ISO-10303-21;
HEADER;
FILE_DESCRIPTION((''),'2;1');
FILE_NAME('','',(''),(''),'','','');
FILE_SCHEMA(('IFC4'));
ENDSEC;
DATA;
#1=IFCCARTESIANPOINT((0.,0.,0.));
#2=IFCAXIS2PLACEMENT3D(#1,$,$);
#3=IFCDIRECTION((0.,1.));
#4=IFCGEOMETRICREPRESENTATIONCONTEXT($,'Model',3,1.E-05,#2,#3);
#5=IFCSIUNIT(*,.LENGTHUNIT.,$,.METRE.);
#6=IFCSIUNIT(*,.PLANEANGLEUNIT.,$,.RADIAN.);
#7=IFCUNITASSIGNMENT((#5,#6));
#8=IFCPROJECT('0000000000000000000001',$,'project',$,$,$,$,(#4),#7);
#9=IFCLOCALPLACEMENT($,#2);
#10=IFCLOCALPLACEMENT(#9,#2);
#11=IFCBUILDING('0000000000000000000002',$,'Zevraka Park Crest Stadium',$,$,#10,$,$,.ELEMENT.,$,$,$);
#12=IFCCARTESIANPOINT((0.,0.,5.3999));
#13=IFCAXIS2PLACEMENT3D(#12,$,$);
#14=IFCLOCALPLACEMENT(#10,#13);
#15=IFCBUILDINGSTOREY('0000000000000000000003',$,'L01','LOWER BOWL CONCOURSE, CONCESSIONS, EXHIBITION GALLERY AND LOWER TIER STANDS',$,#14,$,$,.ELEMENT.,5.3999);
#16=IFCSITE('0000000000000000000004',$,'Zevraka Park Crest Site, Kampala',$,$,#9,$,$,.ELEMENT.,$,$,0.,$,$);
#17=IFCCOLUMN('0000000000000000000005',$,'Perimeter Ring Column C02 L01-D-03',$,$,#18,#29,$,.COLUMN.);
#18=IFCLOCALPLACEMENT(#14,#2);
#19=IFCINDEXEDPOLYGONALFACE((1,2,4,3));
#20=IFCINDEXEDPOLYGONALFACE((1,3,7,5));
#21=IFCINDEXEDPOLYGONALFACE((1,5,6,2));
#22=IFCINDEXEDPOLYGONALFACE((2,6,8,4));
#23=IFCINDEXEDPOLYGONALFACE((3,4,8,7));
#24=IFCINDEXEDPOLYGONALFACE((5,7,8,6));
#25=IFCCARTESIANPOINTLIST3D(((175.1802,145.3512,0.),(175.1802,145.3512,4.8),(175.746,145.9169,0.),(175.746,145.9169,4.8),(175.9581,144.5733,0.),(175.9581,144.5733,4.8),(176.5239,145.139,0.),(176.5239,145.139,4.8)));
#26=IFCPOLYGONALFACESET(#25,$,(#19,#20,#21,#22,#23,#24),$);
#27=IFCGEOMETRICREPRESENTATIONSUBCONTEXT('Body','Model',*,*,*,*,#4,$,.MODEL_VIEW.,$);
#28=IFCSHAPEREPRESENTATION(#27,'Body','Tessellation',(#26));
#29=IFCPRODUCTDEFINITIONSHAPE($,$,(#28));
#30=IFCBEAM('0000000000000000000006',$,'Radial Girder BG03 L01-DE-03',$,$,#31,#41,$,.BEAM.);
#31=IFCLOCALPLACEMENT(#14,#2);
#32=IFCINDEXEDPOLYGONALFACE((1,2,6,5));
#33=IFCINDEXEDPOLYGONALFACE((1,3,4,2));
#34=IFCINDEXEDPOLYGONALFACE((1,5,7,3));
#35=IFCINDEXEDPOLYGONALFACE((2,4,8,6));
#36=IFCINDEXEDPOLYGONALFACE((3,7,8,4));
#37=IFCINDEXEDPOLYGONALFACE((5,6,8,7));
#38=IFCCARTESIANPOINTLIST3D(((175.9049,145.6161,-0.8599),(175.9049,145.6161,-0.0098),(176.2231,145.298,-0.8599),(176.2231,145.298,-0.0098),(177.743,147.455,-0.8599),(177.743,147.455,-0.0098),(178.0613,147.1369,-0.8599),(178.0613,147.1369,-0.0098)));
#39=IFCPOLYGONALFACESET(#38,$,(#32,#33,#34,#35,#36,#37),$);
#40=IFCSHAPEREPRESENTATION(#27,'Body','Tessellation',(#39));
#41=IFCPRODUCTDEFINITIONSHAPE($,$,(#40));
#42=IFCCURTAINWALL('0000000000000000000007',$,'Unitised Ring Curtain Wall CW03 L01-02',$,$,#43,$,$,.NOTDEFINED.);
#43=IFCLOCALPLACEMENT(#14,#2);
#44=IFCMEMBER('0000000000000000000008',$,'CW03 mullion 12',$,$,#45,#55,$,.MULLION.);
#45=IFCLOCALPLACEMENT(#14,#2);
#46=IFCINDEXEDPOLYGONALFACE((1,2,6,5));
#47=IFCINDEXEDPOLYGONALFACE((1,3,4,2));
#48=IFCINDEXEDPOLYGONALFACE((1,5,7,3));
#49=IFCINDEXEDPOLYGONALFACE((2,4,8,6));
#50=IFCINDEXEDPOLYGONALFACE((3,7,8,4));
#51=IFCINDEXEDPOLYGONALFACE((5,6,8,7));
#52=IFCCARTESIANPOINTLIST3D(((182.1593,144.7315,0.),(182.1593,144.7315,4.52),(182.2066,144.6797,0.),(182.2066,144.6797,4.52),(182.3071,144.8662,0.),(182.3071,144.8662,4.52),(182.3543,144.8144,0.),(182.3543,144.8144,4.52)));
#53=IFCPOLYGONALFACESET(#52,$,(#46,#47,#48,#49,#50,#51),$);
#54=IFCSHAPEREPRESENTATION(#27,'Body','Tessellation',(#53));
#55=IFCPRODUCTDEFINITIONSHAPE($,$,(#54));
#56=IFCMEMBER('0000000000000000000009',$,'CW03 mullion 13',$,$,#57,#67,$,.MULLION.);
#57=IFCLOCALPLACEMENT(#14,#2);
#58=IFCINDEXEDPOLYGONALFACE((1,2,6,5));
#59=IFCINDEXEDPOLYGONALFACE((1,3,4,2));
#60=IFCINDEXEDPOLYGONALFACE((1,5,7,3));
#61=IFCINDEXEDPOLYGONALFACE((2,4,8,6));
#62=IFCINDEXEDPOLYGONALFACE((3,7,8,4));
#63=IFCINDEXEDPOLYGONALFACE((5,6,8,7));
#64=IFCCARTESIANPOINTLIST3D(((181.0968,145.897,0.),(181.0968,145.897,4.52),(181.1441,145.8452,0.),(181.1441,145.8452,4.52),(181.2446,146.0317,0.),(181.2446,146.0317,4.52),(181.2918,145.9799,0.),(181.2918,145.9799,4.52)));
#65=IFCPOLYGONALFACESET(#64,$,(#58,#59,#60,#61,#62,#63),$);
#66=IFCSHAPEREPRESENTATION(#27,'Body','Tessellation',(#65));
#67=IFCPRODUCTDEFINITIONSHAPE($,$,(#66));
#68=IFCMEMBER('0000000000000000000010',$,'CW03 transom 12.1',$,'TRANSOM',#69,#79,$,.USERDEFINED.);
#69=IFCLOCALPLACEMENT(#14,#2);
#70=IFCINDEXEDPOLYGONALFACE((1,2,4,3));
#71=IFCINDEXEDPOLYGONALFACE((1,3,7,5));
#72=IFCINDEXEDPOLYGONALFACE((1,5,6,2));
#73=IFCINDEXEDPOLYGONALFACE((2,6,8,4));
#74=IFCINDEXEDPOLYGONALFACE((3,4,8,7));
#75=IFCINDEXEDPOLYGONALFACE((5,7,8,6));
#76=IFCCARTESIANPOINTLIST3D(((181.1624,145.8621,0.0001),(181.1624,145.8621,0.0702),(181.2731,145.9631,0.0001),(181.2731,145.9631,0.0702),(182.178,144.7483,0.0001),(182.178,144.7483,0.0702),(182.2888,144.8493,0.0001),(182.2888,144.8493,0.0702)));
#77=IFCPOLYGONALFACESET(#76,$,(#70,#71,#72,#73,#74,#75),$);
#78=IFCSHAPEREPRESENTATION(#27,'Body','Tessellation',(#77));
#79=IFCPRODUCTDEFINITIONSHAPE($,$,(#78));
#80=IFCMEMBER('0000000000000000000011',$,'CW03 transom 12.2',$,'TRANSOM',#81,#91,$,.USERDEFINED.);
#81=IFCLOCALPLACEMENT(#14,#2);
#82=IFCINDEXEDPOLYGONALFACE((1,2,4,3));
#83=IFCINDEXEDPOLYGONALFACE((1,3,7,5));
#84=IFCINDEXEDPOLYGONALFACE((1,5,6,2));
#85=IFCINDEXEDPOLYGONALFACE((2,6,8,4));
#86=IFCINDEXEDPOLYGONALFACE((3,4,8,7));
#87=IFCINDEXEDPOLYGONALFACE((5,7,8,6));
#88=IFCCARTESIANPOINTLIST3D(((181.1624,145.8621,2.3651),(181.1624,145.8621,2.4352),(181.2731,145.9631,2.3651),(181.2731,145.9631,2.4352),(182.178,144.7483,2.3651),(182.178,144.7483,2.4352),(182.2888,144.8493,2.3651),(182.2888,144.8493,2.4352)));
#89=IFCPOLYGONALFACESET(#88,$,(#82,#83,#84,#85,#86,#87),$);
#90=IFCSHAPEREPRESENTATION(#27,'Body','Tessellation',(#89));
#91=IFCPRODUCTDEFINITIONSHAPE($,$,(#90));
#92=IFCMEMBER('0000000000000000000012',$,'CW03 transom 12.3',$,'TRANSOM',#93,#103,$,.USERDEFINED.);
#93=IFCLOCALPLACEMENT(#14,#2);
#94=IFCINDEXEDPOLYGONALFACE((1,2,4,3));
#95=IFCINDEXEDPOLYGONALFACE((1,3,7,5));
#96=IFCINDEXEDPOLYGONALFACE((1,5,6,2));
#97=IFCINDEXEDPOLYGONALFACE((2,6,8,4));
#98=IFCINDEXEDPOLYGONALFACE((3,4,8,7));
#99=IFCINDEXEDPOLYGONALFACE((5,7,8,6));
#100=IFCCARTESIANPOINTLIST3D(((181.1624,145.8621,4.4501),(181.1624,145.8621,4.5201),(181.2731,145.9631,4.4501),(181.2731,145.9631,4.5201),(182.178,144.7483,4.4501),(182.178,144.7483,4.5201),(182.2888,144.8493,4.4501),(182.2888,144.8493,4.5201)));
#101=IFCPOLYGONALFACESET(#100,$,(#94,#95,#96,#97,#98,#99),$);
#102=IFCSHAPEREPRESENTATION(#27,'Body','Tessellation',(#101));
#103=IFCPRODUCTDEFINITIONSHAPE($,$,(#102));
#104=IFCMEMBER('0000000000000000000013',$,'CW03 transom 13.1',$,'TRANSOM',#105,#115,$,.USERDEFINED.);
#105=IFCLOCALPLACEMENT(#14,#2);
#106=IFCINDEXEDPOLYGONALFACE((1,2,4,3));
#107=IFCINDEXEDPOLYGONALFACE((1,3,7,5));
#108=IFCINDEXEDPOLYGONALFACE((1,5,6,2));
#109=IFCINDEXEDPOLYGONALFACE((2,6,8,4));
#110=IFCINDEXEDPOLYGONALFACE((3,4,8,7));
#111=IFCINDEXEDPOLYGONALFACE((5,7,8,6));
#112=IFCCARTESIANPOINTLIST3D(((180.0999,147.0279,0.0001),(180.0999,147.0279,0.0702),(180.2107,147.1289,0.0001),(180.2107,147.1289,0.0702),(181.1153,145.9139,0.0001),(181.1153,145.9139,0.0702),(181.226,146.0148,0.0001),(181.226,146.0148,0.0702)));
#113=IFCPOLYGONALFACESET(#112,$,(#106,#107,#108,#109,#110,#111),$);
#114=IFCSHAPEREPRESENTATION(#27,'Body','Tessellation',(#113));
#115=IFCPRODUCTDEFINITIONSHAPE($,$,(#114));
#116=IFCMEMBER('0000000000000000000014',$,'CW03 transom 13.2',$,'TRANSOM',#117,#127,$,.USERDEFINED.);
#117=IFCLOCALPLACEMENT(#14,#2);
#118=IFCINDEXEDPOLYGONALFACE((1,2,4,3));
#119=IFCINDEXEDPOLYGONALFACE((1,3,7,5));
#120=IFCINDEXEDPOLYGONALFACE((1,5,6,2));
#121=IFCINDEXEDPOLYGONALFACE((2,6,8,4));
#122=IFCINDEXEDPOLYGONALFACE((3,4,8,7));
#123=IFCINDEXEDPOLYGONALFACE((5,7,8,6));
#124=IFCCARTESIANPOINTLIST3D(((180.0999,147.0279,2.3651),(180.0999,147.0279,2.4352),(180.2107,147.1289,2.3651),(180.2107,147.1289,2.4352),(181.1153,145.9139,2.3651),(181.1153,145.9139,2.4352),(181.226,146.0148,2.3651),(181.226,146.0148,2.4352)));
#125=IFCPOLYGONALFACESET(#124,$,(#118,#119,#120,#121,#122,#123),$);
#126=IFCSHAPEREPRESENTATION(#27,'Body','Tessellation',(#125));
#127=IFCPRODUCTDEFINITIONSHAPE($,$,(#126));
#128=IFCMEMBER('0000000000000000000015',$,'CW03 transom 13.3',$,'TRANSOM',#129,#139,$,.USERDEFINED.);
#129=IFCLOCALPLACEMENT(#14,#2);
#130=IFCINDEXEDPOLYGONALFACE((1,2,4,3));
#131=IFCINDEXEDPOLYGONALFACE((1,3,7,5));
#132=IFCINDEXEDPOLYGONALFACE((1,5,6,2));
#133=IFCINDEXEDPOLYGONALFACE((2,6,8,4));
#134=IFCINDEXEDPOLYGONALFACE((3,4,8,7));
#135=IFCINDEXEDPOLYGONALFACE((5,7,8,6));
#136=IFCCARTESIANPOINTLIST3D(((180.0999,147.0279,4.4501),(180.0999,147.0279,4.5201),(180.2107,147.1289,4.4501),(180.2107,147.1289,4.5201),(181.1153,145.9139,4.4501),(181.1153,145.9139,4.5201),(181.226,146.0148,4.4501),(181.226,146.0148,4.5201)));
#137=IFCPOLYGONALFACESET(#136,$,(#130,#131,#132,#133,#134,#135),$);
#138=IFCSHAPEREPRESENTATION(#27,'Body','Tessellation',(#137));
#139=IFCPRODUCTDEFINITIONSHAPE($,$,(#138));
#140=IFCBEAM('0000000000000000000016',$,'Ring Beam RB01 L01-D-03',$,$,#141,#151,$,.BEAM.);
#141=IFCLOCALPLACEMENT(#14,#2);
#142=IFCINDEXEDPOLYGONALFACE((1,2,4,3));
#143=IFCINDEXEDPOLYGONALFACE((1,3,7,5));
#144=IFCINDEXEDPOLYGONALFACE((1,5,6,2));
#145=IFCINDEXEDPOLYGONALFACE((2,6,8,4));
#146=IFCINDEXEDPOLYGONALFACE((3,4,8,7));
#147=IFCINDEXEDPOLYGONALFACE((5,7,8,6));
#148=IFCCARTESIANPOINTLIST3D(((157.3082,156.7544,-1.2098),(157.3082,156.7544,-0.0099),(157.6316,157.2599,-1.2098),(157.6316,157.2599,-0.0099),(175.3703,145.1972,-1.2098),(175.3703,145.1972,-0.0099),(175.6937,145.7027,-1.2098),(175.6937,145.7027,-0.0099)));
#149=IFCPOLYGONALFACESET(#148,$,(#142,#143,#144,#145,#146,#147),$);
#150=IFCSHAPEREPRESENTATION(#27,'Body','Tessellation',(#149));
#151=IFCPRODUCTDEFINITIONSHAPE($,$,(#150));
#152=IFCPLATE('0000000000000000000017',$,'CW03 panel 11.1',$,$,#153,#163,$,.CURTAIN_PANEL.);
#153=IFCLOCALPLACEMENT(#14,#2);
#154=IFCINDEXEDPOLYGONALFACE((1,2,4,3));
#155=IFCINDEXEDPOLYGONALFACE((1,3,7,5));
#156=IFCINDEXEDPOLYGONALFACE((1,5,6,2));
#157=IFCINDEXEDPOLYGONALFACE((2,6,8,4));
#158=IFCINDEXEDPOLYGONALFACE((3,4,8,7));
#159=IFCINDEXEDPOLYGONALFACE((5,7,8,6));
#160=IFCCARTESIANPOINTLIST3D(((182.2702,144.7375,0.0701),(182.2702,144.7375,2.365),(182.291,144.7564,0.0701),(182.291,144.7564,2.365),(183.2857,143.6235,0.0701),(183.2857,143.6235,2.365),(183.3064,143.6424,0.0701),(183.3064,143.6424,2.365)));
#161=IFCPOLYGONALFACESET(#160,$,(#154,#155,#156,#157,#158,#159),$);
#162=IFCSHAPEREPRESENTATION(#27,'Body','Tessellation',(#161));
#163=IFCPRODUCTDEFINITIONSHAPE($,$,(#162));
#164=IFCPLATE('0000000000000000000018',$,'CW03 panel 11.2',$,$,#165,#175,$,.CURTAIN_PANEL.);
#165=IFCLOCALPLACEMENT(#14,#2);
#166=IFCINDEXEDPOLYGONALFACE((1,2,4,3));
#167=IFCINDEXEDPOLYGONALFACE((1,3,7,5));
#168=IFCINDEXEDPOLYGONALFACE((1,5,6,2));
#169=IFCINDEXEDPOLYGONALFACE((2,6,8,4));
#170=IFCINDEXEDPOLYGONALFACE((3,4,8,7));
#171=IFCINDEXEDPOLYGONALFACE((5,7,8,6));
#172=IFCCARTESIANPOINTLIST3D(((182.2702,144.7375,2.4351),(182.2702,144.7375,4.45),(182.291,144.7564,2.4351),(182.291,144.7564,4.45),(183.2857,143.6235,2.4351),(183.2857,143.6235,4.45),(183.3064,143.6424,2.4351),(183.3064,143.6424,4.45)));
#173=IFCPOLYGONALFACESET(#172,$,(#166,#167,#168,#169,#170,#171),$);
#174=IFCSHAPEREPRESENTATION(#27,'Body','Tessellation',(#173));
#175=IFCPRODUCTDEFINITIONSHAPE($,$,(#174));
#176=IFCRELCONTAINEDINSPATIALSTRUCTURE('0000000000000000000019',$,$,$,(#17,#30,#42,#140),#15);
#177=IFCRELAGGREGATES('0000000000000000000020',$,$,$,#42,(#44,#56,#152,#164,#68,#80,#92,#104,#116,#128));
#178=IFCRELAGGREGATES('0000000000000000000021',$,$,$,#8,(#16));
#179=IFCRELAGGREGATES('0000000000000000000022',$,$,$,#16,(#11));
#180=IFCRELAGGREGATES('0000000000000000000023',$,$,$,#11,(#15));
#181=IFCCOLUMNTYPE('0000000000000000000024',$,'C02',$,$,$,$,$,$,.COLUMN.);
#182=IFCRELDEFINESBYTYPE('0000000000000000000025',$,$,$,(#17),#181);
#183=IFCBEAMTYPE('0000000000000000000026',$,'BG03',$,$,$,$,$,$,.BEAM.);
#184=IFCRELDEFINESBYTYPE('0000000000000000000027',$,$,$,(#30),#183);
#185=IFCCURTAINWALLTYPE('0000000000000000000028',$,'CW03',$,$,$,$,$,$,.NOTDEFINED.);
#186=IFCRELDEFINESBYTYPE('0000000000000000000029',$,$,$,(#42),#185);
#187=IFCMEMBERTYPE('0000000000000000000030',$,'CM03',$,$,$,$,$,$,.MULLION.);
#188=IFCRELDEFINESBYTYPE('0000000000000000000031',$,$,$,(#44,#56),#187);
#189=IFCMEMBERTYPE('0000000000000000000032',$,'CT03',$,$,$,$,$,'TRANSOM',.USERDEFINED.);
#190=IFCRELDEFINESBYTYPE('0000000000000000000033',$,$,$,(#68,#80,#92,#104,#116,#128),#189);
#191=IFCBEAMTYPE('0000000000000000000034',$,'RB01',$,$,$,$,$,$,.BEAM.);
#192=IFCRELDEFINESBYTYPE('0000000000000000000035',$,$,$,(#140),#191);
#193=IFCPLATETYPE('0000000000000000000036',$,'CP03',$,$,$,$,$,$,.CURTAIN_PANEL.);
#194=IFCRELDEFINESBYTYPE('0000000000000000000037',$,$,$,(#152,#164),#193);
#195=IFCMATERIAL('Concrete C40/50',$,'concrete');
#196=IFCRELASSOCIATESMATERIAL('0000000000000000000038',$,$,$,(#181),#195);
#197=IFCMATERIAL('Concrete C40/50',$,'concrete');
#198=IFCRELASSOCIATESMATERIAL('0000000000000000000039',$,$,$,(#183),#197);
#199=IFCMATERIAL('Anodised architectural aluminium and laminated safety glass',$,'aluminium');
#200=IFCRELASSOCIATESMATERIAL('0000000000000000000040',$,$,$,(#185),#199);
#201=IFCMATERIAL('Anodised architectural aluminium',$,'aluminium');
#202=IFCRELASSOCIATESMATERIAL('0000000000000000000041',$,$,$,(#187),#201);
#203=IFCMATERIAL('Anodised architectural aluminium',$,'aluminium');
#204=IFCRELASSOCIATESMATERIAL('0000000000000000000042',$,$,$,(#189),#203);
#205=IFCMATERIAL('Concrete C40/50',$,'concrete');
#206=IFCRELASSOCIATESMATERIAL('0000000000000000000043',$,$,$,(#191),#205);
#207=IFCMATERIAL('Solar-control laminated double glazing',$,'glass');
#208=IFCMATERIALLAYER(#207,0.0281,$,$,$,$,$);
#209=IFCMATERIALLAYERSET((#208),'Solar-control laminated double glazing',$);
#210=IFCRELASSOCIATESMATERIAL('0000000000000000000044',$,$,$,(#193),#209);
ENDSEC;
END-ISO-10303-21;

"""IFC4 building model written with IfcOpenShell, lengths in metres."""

from ifc_helpers import new_model, si_unit, direction, frame, origin, origin_2d, place, context, subcontext, project, spatial, rectangle, extrude, material, layer, layer_set, material_profile, profile_set, type_object, element, aggregate, save


model = new_model("IFC4")

# Units and contexts
model_context = context("Model", 3, precision=1e-05, world=origin(), true_north=direction((0.0, 1.0)))
body_context = subcontext(model_context, "Body", "Model", "MODEL_VIEW")
ifc_project = project(units=[si_unit("LENGTHUNIT", "METRE"), si_unit("PLANEANGLEUNIT", "RADIAN")], contexts=[model_context])

# Site, building, storey
site_placement = place(None, origin())
site = spatial("IfcSite", under=ifc_project, at=site_placement, Name="Zevraka Park Crest Site, Kampala", CompositionType="ELEMENT", RefElevation=0.0)
building_placement = place(site_placement, origin())
building = spatial("IfcBuilding", under=site, at=building_placement, Name="Zevraka Park Crest Stadium", CompositionType="ELEMENT")
storey_placement = place(building_placement, frame((0.0, 0.0, 5.3999)))
storey = spatial("IfcBuildingStorey", under=building, at=storey_placement, Name="L01", Description="LOWER BOWL CONCOURSE, CONCESSIONS, EXHIBITION GALLERY AND LOWER TIER STANDS", CompositionType="ELEMENT", Elevation=5.3999)

# Column
ifc_material_1 = material(Name="Concrete C40/50", Category="concrete")
ifc_material_profile_1 = material_profile(ifc_material_1, rectangle(XDim=0.8, YDim=1.1001, at=origin_2d()), Name="RC 1100x800")
ifc_profile_set_1 = profile_set([ifc_material_profile_1], Name="Concrete C40/50")
column_type = type_object("IfcColumnType", Name="C02", PredefinedType="COLUMN", material=ifc_profile_set_1)
column_placement = place(storey_placement, frame((175.8521, 145.2451, 0.0), z_axis=(0.0, 0.0, 1.0), x_axis=(0.707107, 0.707107, 0.0)))
element("IfcColumn", 1, at=column_placement, inside=storey, type_object=column_type, Name="Perimeter Ring Column C02 L01-D-03", PredefinedType="COLUMN", context=body_context, shape_type="SweptSolid", body=[
    extrude(rectangle(XDim=0.8, YDim=1.1001, at=origin_2d()), origin(), (0.0, 0.0, 1.0), 4.8),
])

# Beam
ifc_material_2 = material(Name="Concrete C40/50", Category="concrete")
ifc_material_profile_2 = material_profile(ifc_material_2, rectangle(XDim=0.45, YDim=0.8501, at=origin_2d()), Name="RC 850x450")
ifc_profile_set_2 = profile_set([ifc_material_profile_2], Name="Concrete C40/50")
beam_type_1 = type_object("IfcBeamType", Name="BG03", PredefinedType="BEAM", material=ifc_profile_set_2)
beam_1_placement = place(storey_placement, frame((176.064, 145.457, -0.4348), z_axis=(0.706966, 0.707248, 0.0), x_axis=(-0.707248, 0.706966, 0.0)))
element("IfcBeam", 2, at=beam_1_placement, inside=storey, type_object=beam_type_1, Name="Radial Girder BG03 L01-DE-03", PredefinedType="BEAM", context=body_context, shape_type="SweptSolid", body=[
    extrude(rectangle(XDim=0.45, YDim=0.8501, at=origin_2d()), origin(), (0.0, 0.0, 1.0), 2.6001),
])

# Curtain wall, members
ifc_material_3 = material(Name="Anodised architectural aluminium and laminated safety glass", Category="aluminium")
curtain_wall_type = type_object("IfcCurtainWallType", Name="CW03", PredefinedType="NOTDEFINED", material=ifc_material_3)
curtain_wall_placement = place(storey_placement, origin())
curtain_wall = element("IfcCurtainWall", 3, at=curtain_wall_placement, inside=storey, type_object=curtain_wall_type, Name="Unitised Ring Curtain Wall CW03 L01-02", PredefinedType="NOTDEFINED")
ifc_material_4 = material(Name="Anodised architectural aluminium", Category="aluminium")
ifc_material_profile_3 = material_profile(ifc_material_4, rectangle(XDim=0.2, YDim=0.0701, at=origin_2d()), Name="ALU MULLION 200x70")
ifc_profile_set_3 = profile_set([ifc_material_profile_3], Name="Anodised architectural aluminium")
member_type_1 = type_object("IfcMemberType", Name="CM03", PredefinedType="MULLION", material=ifc_profile_set_3)
member_1_placement = place(storey_placement, frame((182.2568, 144.7729, 0.0), z_axis=(0.0, 0.0, 1.0), x_axis=(-0.739023, -0.67368, 0.0)))
member_1 = element("IfcMember", 4, at=member_1_placement, type_object=member_type_1, Name="CW03 mullion 12", PredefinedType="MULLION", context=body_context, shape_type="SweptSolid", body=[
    extrude(rectangle(XDim=0.2, YDim=0.0701, at=origin_2d()), origin(), (0.0, 0.0, 1.0), 4.52),
])
member_2_placement = place(storey_placement, frame((181.1943, 145.9385, 0.0), z_axis=(0.0, 0.0, 1.0), x_axis=(-0.739023, -0.67368, 0.0)))
member_2 = element("IfcMember", 5, at=member_2_placement, type_object=member_type_1, Name="CW03 mullion 13", PredefinedType="MULLION", context=body_context, shape_type="SweptSolid", body=[
    extrude(rectangle(XDim=0.2, YDim=0.0701, at=origin_2d()), origin(), (0.0, 0.0, 1.0), 4.52),
])
ifc_material_5 = material(Name="Anodised architectural aluminium", Category="aluminium")
ifc_material_profile_4 = material_profile(ifc_material_5, rectangle(XDim=0.1499, YDim=0.0701, at=origin_2d()), Name="ALU TRANSOM 150x70")
ifc_profile_set_4 = profile_set([ifc_material_profile_4], Name="Anodised architectural aluminium")
member_type_2 = type_object("IfcMemberType", Name="CT03", ElementType="TRANSOM", PredefinedType="USERDEFINED", material=ifc_profile_set_4)
member_3_placement = place(storey_placement, frame((182.2334, 144.7988, 0.0352), z_axis=(-0.673801, 0.738913, 0.0), x_axis=(-0.738913, -0.673801, 0.0)))
member_3 = element("IfcMember", 6, at=member_3_placement, type_object=member_type_2, Name="CW03 transom 12.1", ObjectType="TRANSOM", PredefinedType="USERDEFINED", context=body_context, shape_type="SweptSolid", body=[
    extrude(rectangle(XDim=0.1499, YDim=0.0701, at=origin_2d()), origin(), (0.0, 0.0, 1.0), 1.5073),
])
member_4_placement = place(storey_placement, frame((182.2334, 144.7988, 2.4001), z_axis=(-0.673801, 0.738913, 0.0), x_axis=(-0.738913, -0.673801, 0.0)))
member_4 = element("IfcMember", 7, at=member_4_placement, type_object=member_type_2, Name="CW03 transom 12.2", ObjectType="TRANSOM", PredefinedType="USERDEFINED", context=body_context, shape_type="SweptSolid", body=[
    extrude(rectangle(XDim=0.1499, YDim=0.0701, at=origin_2d()), origin(), (0.0, 0.0, 1.0), 1.5073),
])
member_5_placement = place(storey_placement, frame((182.2334, 144.7988, 4.4851), z_axis=(-0.673801, 0.738913, 0.0), x_axis=(-0.738913, -0.673801, 0.0)))
member_5 = element("IfcMember", 8, at=member_5_placement, type_object=member_type_2, Name="CW03 transom 12.3", ObjectType="TRANSOM", PredefinedType="USERDEFINED", context=body_context, shape_type="SweptSolid", body=[
    extrude(rectangle(XDim=0.1499, YDim=0.0701, at=origin_2d()), origin(), (0.0, 0.0, 1.0), 1.5073),
])
member_6_placement = place(storey_placement, frame((181.1707, 145.9644, 0.0352), z_axis=(-0.673632, 0.739067, 0.0), x_axis=(-0.739067, -0.673632, 0.0)))
member_6 = element("IfcMember", 9, at=member_6_placement, type_object=member_type_2, Name="CW03 transom 13.1", ObjectType="TRANSOM", PredefinedType="USERDEFINED", context=body_context, shape_type="SweptSolid", body=[
    extrude(rectangle(XDim=0.1499, YDim=0.0701, at=origin_2d()), origin(), (0.0, 0.0, 1.0), 1.5073),
])
member_7_placement = place(storey_placement, frame((181.1707, 145.9644, 2.4001), z_axis=(-0.673632, 0.739067, 0.0), x_axis=(-0.739067, -0.673632, 0.0)))
member_7 = element("IfcMember", 10, at=member_7_placement, type_object=member_type_2, Name="CW03 transom 13.2", ObjectType="TRANSOM", PredefinedType="USERDEFINED", context=body_context, shape_type="SweptSolid", body=[
    extrude(rectangle(XDim=0.1499, YDim=0.0701, at=origin_2d()), origin(), (0.0, 0.0, 1.0), 1.5073),
])
member_8_placement = place(storey_placement, frame((181.1707, 145.9644, 4.4851), z_axis=(-0.673632, 0.739067, 0.0), x_axis=(-0.739067, -0.673632, 0.0)))
member_8 = element("IfcMember", 11, at=member_8_placement, type_object=member_type_2, Name="CW03 transom 13.3", ObjectType="TRANSOM", PredefinedType="USERDEFINED", context=body_context, shape_type="SweptSolid", body=[
    extrude(rectangle(XDim=0.1499, YDim=0.0701, at=origin_2d()), origin(), (0.0, 0.0, 1.0), 1.5073),
])

# Beam
ifc_material_6 = material(Name="Concrete C40/50", Category="concrete")
ifc_material_profile_5 = material_profile(ifc_material_6, rectangle(XDim=0.6001, YDim=1.2, at=origin_2d()), Name="RC 1200x600")
ifc_profile_set_5 = profile_set([ifc_material_profile_5], Name="Concrete C40/50")
beam_type_2 = type_object("IfcBeamType", Name="RB01", PredefinedType="BEAM", material=ifc_profile_set_5)
beam_2_placement = place(storey_placement, frame((175.532, 145.45, -0.6099), z_axis=(-0.842326, 0.538969, 0.0), x_axis=(-0.538969, -0.842326, 0.0)))
element("IfcBeam", 12, at=beam_2_placement, inside=storey, type_object=beam_type_2, Name="Ring Beam RB01 L01-D-03", PredefinedType="BEAM", context=body_context, shape_type="SweptSolid", body=[
    extrude(rectangle(XDim=0.6001, YDim=1.2, at=origin_2d()), origin(), (0.0, 0.0, 1.0), 21.4431),
])

# Plates
ifc_material_7 = material(Name="Solar-control laminated double glazing", Category="glass")
ifc_layer_1 = layer(ifc_material_7, 0.0281)
ifc_layer_set_1 = layer_set([ifc_layer_1], Name="Solar-control laminated double glazing")
plate_type = type_object("IfcPlateType", Name="CP03", PredefinedType="CURTAIN_PANEL", material=ifc_layer_set_1)
plate_1_placement = place(storey_placement, frame((182.7883, 144.1899, 0.0701), z_axis=(0.0, 0.0, 1.0), x_axis=(-0.67368, 0.739023, 0.0)))
plate_1 = element("IfcPlate", 13, at=plate_1_placement, type_object=plate_type, Name="CW03 panel 11.1", PredefinedType="CURTAIN_PANEL", context=body_context, shape_type="SweptSolid", body=[
    extrude(rectangle(XDim=1.5073, YDim=0.0281, at=origin_2d()), origin(), (0.0, 0.0, 1.0), 2.2949),
])
plate_2_placement = place(storey_placement, frame((182.7883, 144.1899, 2.4351), z_axis=(0.0, 0.0, 1.0), x_axis=(-0.67368, 0.739023, 0.0)))
plate_2 = element("IfcPlate", 14, at=plate_2_placement, type_object=plate_type, Name="CW03 panel 11.2", PredefinedType="CURTAIN_PANEL", context=body_context, shape_type="SweptSolid", body=[
    extrude(rectangle(XDim=1.5073, YDim=0.0281, at=origin_2d()), origin(), (0.0, 0.0, 1.0), 2.0149),
])
aggregate(curtain_wall, [member_1, member_2, plate_1, plate_2, member_3, member_4, member_5, member_6, member_7, member_8])

save(model, "model.ifc")
